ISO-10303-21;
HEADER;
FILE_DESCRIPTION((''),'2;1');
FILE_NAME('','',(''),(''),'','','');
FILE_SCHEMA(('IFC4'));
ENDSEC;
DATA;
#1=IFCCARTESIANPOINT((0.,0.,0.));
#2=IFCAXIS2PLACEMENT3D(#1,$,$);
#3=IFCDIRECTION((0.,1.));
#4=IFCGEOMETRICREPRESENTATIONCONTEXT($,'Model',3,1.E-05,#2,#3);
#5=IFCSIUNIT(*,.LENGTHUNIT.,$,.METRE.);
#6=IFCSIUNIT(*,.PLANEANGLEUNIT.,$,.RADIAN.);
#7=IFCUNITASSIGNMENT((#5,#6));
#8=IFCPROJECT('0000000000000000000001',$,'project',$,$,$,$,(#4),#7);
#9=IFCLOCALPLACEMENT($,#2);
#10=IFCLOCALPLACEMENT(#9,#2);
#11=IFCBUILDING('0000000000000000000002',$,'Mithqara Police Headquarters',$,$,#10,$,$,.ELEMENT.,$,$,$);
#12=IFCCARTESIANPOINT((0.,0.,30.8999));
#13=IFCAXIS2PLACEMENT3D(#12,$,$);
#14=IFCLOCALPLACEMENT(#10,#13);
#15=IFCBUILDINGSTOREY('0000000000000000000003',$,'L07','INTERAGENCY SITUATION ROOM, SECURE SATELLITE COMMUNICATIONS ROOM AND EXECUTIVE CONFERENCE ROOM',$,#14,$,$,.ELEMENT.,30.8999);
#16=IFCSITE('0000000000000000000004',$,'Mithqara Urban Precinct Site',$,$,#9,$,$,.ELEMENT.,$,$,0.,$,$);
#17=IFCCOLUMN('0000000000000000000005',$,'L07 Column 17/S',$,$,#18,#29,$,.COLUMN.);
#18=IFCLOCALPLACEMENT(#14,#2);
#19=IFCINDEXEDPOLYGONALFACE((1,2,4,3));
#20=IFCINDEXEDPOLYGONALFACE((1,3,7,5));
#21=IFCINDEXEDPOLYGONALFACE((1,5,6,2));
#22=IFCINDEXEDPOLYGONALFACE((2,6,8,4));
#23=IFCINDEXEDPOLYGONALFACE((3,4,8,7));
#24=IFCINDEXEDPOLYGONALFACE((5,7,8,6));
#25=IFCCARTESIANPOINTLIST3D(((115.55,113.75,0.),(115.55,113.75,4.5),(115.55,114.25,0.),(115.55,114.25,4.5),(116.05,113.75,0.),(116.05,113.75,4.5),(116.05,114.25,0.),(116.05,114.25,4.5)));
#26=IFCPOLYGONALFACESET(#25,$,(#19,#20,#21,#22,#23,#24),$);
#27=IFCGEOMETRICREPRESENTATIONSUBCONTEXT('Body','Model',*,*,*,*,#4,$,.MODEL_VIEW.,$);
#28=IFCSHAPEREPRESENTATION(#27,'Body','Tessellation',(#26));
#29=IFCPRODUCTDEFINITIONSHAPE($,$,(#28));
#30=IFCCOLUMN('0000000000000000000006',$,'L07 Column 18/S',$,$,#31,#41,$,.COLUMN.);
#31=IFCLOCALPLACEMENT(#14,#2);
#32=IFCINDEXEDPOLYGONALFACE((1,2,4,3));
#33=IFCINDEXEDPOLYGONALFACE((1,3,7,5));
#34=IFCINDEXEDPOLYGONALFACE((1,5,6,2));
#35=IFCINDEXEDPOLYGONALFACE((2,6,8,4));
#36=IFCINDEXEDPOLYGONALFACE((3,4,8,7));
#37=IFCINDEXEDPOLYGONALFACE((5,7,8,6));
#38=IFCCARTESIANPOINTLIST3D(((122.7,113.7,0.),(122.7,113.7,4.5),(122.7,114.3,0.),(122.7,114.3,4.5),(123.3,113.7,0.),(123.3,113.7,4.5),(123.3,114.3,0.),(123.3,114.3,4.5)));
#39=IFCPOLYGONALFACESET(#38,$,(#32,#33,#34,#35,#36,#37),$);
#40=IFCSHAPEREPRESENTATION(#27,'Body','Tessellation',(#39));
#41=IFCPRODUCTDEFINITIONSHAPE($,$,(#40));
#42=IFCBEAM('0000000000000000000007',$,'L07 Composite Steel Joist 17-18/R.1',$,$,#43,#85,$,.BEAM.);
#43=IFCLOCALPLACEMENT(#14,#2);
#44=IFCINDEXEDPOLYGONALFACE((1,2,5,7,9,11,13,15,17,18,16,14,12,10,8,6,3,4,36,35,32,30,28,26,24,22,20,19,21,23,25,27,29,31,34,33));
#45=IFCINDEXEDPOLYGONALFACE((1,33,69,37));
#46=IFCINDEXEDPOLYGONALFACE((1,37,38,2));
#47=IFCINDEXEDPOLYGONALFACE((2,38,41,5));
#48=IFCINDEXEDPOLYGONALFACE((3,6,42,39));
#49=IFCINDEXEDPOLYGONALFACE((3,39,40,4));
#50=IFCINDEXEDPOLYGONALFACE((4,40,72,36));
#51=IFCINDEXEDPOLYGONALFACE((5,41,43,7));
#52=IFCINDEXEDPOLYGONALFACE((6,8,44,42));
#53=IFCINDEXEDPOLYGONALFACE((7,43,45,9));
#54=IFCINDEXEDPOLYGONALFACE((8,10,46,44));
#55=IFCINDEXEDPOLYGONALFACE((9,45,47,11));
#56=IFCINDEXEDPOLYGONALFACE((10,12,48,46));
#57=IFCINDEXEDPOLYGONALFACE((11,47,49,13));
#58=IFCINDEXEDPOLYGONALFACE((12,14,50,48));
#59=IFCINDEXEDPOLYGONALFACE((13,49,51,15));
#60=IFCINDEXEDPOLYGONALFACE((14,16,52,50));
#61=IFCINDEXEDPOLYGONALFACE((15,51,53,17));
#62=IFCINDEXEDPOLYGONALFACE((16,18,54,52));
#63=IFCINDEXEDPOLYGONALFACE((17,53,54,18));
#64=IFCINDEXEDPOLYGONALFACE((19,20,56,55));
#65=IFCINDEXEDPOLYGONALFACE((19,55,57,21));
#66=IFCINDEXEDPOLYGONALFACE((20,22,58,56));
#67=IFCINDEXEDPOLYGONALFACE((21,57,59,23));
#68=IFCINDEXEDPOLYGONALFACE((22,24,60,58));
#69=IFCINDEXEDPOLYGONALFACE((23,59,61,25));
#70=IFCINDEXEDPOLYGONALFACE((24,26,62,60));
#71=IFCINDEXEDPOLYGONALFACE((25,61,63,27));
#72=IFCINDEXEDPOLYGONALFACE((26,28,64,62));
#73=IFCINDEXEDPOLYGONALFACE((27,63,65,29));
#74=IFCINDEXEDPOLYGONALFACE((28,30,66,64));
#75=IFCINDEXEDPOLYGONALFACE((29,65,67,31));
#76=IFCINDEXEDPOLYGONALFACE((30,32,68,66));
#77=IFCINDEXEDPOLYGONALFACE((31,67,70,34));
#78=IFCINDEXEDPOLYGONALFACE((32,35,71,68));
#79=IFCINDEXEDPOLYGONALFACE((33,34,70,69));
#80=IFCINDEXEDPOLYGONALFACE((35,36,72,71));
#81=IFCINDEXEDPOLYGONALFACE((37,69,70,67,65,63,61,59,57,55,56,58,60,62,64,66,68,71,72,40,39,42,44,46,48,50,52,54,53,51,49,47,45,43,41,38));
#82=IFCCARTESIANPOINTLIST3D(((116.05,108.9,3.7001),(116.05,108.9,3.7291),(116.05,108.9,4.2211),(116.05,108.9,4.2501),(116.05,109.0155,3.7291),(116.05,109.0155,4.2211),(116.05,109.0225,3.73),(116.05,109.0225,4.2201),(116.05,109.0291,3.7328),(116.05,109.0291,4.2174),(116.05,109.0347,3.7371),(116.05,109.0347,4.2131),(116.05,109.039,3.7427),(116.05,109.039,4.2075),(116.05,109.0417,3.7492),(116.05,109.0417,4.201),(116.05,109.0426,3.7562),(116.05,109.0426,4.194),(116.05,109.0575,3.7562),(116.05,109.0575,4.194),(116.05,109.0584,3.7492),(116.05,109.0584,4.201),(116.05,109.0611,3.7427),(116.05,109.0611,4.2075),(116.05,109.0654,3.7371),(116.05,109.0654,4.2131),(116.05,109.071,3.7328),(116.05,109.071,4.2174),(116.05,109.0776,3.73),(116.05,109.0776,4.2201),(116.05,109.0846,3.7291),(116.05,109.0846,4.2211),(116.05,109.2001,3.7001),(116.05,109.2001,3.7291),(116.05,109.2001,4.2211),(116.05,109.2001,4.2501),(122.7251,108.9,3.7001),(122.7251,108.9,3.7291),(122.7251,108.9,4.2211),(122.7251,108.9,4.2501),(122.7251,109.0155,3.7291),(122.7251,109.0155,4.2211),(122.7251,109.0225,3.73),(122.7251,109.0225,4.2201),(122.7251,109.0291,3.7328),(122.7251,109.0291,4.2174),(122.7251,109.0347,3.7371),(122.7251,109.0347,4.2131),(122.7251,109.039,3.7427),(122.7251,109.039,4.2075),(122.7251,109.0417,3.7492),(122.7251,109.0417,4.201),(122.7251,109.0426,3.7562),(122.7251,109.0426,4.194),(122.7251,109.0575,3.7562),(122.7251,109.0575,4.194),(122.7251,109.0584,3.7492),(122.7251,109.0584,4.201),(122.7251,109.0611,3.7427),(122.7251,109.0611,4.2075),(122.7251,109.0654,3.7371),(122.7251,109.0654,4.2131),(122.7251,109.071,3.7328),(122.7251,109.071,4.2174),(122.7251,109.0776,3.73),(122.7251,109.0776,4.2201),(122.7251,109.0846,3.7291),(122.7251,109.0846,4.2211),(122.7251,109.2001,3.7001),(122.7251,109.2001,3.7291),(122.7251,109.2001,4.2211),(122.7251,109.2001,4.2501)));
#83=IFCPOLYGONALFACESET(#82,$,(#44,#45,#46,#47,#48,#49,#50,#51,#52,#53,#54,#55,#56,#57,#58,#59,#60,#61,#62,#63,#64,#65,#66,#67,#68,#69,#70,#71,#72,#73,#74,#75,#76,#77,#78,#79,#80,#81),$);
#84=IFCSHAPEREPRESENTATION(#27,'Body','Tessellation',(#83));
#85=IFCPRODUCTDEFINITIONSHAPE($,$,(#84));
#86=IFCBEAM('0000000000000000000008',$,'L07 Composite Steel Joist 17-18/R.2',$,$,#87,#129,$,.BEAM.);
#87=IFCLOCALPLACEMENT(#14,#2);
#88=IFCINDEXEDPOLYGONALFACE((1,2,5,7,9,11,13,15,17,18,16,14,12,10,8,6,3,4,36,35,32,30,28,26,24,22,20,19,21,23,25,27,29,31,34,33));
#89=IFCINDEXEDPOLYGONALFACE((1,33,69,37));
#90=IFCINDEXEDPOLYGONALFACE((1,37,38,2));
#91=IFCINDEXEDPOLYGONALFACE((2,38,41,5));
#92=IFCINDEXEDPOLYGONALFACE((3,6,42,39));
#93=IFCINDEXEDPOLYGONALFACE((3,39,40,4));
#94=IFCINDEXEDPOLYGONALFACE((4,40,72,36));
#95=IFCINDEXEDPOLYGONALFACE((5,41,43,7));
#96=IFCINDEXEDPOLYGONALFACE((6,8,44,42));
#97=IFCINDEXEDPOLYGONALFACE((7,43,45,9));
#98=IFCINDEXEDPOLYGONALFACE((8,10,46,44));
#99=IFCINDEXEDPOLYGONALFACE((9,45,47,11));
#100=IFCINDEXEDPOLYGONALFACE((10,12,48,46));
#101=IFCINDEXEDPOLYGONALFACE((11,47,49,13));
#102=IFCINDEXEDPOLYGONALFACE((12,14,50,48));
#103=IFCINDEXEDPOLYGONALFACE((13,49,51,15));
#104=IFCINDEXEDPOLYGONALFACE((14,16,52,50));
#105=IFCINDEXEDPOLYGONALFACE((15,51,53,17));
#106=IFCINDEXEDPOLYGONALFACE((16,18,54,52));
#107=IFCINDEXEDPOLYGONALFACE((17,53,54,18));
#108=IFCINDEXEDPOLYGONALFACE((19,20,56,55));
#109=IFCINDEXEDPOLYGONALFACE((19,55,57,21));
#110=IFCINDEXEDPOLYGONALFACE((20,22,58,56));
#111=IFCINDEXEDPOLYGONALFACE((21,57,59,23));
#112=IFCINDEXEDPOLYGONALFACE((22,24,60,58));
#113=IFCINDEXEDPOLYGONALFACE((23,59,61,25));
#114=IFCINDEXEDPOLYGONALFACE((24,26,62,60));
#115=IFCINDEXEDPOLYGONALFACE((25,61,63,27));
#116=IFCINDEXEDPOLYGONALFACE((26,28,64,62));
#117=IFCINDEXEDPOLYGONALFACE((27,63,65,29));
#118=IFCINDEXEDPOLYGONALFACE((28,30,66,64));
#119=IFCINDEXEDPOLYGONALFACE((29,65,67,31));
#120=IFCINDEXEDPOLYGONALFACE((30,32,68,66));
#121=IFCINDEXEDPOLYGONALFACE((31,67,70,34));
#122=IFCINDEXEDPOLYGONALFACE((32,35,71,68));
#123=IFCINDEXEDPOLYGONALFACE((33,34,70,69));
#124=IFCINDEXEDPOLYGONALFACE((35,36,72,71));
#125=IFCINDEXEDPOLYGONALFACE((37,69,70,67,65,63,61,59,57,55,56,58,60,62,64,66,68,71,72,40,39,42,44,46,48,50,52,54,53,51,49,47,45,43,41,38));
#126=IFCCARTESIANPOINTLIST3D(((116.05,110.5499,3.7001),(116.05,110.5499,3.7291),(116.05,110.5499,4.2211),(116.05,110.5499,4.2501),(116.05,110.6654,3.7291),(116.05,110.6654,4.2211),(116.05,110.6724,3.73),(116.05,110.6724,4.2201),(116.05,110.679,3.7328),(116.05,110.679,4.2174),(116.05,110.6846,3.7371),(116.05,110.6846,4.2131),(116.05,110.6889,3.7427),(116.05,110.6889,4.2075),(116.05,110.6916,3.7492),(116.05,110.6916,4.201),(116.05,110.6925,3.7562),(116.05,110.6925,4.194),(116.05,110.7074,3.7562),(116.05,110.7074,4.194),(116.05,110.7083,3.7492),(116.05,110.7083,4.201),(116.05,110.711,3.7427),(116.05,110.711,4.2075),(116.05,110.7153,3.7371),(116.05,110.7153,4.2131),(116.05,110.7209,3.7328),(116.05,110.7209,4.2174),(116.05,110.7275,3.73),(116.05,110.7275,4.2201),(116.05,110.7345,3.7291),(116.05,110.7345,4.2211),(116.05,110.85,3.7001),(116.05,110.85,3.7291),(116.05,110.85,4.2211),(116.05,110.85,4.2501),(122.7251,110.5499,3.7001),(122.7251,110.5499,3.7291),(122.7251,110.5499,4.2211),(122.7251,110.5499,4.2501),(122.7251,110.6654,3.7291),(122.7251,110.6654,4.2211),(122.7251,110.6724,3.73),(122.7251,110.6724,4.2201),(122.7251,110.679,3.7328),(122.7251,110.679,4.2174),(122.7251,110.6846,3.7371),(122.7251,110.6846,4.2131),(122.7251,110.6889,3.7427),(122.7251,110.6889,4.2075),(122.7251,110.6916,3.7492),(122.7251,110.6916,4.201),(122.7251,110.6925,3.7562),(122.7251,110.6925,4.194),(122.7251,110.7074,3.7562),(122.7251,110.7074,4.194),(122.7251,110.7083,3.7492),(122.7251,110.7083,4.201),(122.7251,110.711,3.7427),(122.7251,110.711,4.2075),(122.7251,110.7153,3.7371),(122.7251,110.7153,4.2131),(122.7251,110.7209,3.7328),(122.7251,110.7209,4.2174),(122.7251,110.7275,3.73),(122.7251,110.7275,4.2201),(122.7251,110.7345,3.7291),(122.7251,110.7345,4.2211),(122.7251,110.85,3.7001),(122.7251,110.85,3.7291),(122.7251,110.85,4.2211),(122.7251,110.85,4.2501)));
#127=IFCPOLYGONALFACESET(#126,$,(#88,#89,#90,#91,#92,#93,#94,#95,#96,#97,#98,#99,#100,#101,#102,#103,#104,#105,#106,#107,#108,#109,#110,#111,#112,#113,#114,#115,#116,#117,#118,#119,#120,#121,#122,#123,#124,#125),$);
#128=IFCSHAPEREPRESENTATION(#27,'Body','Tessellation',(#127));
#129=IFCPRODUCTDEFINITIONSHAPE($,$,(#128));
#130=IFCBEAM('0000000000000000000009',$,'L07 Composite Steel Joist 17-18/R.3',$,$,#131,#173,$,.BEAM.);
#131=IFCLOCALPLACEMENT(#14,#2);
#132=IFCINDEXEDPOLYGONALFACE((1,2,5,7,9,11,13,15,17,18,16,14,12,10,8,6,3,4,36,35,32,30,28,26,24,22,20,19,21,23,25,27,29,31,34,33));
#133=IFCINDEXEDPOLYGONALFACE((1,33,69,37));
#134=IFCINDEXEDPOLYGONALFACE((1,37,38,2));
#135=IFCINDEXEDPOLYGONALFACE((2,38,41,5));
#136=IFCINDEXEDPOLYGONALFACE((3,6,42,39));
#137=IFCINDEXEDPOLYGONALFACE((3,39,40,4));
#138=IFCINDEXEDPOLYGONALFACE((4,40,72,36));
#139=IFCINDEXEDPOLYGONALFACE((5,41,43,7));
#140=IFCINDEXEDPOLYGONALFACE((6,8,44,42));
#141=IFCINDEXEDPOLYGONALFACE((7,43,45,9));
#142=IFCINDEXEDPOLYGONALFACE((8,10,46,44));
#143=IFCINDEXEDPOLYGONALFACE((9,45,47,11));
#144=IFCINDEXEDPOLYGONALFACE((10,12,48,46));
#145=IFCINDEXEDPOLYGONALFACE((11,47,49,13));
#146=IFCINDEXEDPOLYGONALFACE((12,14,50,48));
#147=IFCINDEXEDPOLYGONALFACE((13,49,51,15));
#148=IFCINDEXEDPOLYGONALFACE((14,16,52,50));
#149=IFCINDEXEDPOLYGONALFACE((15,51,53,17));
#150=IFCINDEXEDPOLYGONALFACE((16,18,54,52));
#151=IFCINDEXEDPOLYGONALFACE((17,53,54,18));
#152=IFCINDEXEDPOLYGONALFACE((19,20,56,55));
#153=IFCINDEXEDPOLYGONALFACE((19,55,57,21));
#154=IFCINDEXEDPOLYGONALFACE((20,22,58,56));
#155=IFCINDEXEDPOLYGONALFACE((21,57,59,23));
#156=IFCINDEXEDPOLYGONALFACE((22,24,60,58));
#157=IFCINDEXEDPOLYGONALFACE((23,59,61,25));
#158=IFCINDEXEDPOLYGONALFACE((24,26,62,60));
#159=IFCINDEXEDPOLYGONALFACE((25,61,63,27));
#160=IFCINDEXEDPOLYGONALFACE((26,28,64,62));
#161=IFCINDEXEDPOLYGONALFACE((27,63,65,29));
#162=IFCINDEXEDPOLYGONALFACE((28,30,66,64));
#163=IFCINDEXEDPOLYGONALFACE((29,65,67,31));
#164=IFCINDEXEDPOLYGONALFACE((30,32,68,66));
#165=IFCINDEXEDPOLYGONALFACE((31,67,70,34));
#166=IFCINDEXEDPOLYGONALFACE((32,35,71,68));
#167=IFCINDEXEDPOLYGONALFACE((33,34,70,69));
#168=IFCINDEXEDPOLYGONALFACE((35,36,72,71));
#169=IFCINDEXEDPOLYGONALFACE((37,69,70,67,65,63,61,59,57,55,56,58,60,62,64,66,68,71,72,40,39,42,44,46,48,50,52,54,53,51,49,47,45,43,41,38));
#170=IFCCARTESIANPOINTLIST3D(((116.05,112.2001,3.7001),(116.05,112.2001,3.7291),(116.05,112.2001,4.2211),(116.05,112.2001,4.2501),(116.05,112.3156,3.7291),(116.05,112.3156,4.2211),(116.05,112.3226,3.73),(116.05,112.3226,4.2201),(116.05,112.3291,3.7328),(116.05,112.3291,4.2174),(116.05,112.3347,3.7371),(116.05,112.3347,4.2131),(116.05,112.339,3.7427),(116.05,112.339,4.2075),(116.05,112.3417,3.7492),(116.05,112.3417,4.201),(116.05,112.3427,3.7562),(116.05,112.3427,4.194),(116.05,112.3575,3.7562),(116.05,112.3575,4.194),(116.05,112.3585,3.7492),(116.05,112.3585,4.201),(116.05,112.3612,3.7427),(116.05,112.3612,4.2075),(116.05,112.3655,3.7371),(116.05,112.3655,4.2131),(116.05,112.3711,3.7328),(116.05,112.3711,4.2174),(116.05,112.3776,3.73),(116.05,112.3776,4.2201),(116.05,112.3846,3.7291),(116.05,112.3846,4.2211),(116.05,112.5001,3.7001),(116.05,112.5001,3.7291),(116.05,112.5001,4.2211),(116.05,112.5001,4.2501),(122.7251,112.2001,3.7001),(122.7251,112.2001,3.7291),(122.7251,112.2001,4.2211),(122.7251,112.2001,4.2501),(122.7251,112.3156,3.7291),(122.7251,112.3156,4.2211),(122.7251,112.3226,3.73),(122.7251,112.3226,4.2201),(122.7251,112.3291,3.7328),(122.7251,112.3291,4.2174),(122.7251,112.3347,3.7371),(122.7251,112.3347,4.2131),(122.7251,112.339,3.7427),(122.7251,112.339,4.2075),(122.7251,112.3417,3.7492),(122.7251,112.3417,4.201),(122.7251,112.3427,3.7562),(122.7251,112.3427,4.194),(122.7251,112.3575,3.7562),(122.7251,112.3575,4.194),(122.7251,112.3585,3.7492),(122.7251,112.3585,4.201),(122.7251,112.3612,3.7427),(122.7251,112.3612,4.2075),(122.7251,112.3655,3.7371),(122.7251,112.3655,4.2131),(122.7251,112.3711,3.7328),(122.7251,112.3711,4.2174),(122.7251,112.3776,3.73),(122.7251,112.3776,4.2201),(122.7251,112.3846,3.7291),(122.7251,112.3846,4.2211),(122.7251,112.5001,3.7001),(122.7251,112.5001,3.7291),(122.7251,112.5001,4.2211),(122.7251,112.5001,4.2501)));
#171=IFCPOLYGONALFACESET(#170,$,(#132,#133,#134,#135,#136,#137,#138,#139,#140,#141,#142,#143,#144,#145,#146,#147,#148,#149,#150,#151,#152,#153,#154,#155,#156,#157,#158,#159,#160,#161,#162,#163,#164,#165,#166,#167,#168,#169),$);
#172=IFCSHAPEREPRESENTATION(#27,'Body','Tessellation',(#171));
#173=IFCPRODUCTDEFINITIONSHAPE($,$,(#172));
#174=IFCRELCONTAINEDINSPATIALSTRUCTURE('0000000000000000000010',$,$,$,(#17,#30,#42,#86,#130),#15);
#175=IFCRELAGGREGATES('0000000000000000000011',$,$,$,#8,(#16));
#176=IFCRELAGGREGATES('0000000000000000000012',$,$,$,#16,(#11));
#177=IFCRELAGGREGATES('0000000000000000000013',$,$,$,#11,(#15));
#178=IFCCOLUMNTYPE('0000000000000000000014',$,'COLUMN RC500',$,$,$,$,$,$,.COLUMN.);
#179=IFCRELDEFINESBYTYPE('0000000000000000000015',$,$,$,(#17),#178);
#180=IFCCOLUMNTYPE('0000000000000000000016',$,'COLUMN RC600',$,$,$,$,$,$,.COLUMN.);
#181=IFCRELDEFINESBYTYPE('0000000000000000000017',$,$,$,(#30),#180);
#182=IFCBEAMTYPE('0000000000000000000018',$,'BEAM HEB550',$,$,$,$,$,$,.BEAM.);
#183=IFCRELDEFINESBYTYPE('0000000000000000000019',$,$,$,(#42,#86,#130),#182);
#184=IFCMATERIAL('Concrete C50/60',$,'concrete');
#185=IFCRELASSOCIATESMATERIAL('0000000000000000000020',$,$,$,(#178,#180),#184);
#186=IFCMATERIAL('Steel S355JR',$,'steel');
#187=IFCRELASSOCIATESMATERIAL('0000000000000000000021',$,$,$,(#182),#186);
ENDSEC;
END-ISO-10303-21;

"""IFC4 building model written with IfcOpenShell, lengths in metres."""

from ifc_helpers import new_model, si_unit, direction, frame, origin, origin_2d, place, context, subcontext, project, spatial, rectangle, i_section, extrude, material, material_profile, profile_set, type_object, element, save


model = new_model("IFC4")

# Units and contexts
model_context = context("Model", 3, precision=1e-05, world=origin(), true_north=direction((0.0, 1.0)))
body_context = subcontext(model_context, "Body", "Model", "MODEL_VIEW")
ifc_project = project(units=[si_unit("LENGTHUNIT", "METRE"), si_unit("PLANEANGLEUNIT", "RADIAN")], contexts=[model_context])

# Site, building, storey
site_placement = place(None, origin())
site = spatial("IfcSite", under=ifc_project, at=site_placement, Name="Mithqara Urban Precinct Site", CompositionType="ELEMENT", RefElevation=0.0)
building_placement = place(site_placement, origin())
building = spatial("IfcBuilding", under=site, at=building_placement, Name="Mithqara Police Headquarters", CompositionType="ELEMENT")
storey_placement = place(building_placement, frame((0.0, 0.0, 30.8999)))
storey = spatial("IfcBuildingStorey", under=building, at=storey_placement, Name="L07", Description="INTERAGENCY SITUATION ROOM, SECURE SATELLITE COMMUNICATIONS ROOM AND EXECUTIVE CONFERENCE ROOM", CompositionType="ELEMENT", Elevation=30.8999)

# Columns
ifc_material_1 = material(Name="Concrete C50/60", Category="concrete")
ifc_material_profile_1 = material_profile(ifc_material_1, rectangle(XDim=0.5, YDim=0.5, at=origin_2d()), Name="RC 500x500")
ifc_profile_set_1 = profile_set([ifc_material_profile_1], Name="Concrete C50/60")
column_type_1 = type_object("IfcColumnType", Name="COLUMN RC500", PredefinedType="COLUMN", material=ifc_profile_set_1)
column_1_placement = place(storey_placement, frame((115.8, 114.0, 0.0), z_axis=(0.0, 0.0, 1.0), x_axis=(1.0, 0.0, 0.0)))
element("IfcColumn", 1, at=column_1_placement, inside=storey, type_object=column_type_1, Name="L07 Column 17/S", PredefinedType="COLUMN", context=body_context, shape_type="SweptSolid", body=[
    extrude(rectangle(XDim=0.5, YDim=0.5, at=origin_2d()), origin(), (0.0, 0.0, 1.0), 4.5),
])
ifc_material_profile_2 = material_profile(ifc_material_1, rectangle(XDim=0.6001, YDim=0.6001, at=origin_2d()), Name="RC 600x600")
ifc_profile_set_2 = profile_set([ifc_material_profile_2], Name="Concrete C50/60")
column_type_2 = type_object("IfcColumnType", Name="COLUMN RC600", PredefinedType="COLUMN", material=ifc_profile_set_2)
column_2_placement = place(storey_placement, frame((123.0, 114.0, 0.0), z_axis=(0.0, 0.0, 1.0), x_axis=(1.0, 0.0, 0.0)))
element("IfcColumn", 2, at=column_2_placement, inside=storey, type_object=column_type_2, Name="L07 Column 18/S", PredefinedType="COLUMN", context=body_context, shape_type="SweptSolid", body=[
    extrude(rectangle(XDim=0.6001, YDim=0.6001, at=origin_2d()), origin(), (0.0, 0.0, 1.0), 4.5),
])

# Beams
ifc_material_2 = material(Name="Steel S355JR", Category="steel")
ifc_material_profile_3 = material_profile(ifc_material_2, i_section(OverallWidth=0.3, OverallDepth=0.55, WebThickness=0.0149, FlangeThickness=0.0291, FilletRadius=0.0271, at=origin_2d()), Name="HEB 550")
ifc_profile_set_3 = profile_set([ifc_material_profile_3], Name="Steel S355JR")
beam_type_1 = type_object("IfcBeamType", Name="BEAM HEB550", PredefinedType="BEAM", material=ifc_profile_set_3)
for number, where, z_axis, x_axis, name in (
    (3, (116.05, 109.05, 3.9751), (1.0, 0.0, 0.0), (0.0, 1.0, 0.0), "L07 Composite Steel Joist 17-18/R.1"),
    (4, (116.05, 110.7, 3.9751), (1.0, 0.0, 0.0), (0.0, 1.0, 0.0), "L07 Composite Steel Joist 17-18/R.2"),
    (5, (116.05, 112.3501, 3.9751), (1.0, 0.0, 0.0), (0.0, 1.0, 0.0), "L07 Composite Steel Joist 17-18/R.3"),
):
    element("IfcBeam", number, at=place(storey_placement, frame(where, z_axis=z_axis, x_axis=x_axis)), inside=storey, type_object=beam_type_1, Name=name, PredefinedType="BEAM", context=body_context, shape_type="SweptSolid", body=[
        extrude(i_section(OverallWidth=0.3, OverallDepth=0.55, WebThickness=0.0149, FlangeThickness=0.0291, FilletRadius=0.0271, at=origin_2d()), origin(), (0.0, 0.0, 1.0), 6.675),
    ])

save(model, "model.ifc")
